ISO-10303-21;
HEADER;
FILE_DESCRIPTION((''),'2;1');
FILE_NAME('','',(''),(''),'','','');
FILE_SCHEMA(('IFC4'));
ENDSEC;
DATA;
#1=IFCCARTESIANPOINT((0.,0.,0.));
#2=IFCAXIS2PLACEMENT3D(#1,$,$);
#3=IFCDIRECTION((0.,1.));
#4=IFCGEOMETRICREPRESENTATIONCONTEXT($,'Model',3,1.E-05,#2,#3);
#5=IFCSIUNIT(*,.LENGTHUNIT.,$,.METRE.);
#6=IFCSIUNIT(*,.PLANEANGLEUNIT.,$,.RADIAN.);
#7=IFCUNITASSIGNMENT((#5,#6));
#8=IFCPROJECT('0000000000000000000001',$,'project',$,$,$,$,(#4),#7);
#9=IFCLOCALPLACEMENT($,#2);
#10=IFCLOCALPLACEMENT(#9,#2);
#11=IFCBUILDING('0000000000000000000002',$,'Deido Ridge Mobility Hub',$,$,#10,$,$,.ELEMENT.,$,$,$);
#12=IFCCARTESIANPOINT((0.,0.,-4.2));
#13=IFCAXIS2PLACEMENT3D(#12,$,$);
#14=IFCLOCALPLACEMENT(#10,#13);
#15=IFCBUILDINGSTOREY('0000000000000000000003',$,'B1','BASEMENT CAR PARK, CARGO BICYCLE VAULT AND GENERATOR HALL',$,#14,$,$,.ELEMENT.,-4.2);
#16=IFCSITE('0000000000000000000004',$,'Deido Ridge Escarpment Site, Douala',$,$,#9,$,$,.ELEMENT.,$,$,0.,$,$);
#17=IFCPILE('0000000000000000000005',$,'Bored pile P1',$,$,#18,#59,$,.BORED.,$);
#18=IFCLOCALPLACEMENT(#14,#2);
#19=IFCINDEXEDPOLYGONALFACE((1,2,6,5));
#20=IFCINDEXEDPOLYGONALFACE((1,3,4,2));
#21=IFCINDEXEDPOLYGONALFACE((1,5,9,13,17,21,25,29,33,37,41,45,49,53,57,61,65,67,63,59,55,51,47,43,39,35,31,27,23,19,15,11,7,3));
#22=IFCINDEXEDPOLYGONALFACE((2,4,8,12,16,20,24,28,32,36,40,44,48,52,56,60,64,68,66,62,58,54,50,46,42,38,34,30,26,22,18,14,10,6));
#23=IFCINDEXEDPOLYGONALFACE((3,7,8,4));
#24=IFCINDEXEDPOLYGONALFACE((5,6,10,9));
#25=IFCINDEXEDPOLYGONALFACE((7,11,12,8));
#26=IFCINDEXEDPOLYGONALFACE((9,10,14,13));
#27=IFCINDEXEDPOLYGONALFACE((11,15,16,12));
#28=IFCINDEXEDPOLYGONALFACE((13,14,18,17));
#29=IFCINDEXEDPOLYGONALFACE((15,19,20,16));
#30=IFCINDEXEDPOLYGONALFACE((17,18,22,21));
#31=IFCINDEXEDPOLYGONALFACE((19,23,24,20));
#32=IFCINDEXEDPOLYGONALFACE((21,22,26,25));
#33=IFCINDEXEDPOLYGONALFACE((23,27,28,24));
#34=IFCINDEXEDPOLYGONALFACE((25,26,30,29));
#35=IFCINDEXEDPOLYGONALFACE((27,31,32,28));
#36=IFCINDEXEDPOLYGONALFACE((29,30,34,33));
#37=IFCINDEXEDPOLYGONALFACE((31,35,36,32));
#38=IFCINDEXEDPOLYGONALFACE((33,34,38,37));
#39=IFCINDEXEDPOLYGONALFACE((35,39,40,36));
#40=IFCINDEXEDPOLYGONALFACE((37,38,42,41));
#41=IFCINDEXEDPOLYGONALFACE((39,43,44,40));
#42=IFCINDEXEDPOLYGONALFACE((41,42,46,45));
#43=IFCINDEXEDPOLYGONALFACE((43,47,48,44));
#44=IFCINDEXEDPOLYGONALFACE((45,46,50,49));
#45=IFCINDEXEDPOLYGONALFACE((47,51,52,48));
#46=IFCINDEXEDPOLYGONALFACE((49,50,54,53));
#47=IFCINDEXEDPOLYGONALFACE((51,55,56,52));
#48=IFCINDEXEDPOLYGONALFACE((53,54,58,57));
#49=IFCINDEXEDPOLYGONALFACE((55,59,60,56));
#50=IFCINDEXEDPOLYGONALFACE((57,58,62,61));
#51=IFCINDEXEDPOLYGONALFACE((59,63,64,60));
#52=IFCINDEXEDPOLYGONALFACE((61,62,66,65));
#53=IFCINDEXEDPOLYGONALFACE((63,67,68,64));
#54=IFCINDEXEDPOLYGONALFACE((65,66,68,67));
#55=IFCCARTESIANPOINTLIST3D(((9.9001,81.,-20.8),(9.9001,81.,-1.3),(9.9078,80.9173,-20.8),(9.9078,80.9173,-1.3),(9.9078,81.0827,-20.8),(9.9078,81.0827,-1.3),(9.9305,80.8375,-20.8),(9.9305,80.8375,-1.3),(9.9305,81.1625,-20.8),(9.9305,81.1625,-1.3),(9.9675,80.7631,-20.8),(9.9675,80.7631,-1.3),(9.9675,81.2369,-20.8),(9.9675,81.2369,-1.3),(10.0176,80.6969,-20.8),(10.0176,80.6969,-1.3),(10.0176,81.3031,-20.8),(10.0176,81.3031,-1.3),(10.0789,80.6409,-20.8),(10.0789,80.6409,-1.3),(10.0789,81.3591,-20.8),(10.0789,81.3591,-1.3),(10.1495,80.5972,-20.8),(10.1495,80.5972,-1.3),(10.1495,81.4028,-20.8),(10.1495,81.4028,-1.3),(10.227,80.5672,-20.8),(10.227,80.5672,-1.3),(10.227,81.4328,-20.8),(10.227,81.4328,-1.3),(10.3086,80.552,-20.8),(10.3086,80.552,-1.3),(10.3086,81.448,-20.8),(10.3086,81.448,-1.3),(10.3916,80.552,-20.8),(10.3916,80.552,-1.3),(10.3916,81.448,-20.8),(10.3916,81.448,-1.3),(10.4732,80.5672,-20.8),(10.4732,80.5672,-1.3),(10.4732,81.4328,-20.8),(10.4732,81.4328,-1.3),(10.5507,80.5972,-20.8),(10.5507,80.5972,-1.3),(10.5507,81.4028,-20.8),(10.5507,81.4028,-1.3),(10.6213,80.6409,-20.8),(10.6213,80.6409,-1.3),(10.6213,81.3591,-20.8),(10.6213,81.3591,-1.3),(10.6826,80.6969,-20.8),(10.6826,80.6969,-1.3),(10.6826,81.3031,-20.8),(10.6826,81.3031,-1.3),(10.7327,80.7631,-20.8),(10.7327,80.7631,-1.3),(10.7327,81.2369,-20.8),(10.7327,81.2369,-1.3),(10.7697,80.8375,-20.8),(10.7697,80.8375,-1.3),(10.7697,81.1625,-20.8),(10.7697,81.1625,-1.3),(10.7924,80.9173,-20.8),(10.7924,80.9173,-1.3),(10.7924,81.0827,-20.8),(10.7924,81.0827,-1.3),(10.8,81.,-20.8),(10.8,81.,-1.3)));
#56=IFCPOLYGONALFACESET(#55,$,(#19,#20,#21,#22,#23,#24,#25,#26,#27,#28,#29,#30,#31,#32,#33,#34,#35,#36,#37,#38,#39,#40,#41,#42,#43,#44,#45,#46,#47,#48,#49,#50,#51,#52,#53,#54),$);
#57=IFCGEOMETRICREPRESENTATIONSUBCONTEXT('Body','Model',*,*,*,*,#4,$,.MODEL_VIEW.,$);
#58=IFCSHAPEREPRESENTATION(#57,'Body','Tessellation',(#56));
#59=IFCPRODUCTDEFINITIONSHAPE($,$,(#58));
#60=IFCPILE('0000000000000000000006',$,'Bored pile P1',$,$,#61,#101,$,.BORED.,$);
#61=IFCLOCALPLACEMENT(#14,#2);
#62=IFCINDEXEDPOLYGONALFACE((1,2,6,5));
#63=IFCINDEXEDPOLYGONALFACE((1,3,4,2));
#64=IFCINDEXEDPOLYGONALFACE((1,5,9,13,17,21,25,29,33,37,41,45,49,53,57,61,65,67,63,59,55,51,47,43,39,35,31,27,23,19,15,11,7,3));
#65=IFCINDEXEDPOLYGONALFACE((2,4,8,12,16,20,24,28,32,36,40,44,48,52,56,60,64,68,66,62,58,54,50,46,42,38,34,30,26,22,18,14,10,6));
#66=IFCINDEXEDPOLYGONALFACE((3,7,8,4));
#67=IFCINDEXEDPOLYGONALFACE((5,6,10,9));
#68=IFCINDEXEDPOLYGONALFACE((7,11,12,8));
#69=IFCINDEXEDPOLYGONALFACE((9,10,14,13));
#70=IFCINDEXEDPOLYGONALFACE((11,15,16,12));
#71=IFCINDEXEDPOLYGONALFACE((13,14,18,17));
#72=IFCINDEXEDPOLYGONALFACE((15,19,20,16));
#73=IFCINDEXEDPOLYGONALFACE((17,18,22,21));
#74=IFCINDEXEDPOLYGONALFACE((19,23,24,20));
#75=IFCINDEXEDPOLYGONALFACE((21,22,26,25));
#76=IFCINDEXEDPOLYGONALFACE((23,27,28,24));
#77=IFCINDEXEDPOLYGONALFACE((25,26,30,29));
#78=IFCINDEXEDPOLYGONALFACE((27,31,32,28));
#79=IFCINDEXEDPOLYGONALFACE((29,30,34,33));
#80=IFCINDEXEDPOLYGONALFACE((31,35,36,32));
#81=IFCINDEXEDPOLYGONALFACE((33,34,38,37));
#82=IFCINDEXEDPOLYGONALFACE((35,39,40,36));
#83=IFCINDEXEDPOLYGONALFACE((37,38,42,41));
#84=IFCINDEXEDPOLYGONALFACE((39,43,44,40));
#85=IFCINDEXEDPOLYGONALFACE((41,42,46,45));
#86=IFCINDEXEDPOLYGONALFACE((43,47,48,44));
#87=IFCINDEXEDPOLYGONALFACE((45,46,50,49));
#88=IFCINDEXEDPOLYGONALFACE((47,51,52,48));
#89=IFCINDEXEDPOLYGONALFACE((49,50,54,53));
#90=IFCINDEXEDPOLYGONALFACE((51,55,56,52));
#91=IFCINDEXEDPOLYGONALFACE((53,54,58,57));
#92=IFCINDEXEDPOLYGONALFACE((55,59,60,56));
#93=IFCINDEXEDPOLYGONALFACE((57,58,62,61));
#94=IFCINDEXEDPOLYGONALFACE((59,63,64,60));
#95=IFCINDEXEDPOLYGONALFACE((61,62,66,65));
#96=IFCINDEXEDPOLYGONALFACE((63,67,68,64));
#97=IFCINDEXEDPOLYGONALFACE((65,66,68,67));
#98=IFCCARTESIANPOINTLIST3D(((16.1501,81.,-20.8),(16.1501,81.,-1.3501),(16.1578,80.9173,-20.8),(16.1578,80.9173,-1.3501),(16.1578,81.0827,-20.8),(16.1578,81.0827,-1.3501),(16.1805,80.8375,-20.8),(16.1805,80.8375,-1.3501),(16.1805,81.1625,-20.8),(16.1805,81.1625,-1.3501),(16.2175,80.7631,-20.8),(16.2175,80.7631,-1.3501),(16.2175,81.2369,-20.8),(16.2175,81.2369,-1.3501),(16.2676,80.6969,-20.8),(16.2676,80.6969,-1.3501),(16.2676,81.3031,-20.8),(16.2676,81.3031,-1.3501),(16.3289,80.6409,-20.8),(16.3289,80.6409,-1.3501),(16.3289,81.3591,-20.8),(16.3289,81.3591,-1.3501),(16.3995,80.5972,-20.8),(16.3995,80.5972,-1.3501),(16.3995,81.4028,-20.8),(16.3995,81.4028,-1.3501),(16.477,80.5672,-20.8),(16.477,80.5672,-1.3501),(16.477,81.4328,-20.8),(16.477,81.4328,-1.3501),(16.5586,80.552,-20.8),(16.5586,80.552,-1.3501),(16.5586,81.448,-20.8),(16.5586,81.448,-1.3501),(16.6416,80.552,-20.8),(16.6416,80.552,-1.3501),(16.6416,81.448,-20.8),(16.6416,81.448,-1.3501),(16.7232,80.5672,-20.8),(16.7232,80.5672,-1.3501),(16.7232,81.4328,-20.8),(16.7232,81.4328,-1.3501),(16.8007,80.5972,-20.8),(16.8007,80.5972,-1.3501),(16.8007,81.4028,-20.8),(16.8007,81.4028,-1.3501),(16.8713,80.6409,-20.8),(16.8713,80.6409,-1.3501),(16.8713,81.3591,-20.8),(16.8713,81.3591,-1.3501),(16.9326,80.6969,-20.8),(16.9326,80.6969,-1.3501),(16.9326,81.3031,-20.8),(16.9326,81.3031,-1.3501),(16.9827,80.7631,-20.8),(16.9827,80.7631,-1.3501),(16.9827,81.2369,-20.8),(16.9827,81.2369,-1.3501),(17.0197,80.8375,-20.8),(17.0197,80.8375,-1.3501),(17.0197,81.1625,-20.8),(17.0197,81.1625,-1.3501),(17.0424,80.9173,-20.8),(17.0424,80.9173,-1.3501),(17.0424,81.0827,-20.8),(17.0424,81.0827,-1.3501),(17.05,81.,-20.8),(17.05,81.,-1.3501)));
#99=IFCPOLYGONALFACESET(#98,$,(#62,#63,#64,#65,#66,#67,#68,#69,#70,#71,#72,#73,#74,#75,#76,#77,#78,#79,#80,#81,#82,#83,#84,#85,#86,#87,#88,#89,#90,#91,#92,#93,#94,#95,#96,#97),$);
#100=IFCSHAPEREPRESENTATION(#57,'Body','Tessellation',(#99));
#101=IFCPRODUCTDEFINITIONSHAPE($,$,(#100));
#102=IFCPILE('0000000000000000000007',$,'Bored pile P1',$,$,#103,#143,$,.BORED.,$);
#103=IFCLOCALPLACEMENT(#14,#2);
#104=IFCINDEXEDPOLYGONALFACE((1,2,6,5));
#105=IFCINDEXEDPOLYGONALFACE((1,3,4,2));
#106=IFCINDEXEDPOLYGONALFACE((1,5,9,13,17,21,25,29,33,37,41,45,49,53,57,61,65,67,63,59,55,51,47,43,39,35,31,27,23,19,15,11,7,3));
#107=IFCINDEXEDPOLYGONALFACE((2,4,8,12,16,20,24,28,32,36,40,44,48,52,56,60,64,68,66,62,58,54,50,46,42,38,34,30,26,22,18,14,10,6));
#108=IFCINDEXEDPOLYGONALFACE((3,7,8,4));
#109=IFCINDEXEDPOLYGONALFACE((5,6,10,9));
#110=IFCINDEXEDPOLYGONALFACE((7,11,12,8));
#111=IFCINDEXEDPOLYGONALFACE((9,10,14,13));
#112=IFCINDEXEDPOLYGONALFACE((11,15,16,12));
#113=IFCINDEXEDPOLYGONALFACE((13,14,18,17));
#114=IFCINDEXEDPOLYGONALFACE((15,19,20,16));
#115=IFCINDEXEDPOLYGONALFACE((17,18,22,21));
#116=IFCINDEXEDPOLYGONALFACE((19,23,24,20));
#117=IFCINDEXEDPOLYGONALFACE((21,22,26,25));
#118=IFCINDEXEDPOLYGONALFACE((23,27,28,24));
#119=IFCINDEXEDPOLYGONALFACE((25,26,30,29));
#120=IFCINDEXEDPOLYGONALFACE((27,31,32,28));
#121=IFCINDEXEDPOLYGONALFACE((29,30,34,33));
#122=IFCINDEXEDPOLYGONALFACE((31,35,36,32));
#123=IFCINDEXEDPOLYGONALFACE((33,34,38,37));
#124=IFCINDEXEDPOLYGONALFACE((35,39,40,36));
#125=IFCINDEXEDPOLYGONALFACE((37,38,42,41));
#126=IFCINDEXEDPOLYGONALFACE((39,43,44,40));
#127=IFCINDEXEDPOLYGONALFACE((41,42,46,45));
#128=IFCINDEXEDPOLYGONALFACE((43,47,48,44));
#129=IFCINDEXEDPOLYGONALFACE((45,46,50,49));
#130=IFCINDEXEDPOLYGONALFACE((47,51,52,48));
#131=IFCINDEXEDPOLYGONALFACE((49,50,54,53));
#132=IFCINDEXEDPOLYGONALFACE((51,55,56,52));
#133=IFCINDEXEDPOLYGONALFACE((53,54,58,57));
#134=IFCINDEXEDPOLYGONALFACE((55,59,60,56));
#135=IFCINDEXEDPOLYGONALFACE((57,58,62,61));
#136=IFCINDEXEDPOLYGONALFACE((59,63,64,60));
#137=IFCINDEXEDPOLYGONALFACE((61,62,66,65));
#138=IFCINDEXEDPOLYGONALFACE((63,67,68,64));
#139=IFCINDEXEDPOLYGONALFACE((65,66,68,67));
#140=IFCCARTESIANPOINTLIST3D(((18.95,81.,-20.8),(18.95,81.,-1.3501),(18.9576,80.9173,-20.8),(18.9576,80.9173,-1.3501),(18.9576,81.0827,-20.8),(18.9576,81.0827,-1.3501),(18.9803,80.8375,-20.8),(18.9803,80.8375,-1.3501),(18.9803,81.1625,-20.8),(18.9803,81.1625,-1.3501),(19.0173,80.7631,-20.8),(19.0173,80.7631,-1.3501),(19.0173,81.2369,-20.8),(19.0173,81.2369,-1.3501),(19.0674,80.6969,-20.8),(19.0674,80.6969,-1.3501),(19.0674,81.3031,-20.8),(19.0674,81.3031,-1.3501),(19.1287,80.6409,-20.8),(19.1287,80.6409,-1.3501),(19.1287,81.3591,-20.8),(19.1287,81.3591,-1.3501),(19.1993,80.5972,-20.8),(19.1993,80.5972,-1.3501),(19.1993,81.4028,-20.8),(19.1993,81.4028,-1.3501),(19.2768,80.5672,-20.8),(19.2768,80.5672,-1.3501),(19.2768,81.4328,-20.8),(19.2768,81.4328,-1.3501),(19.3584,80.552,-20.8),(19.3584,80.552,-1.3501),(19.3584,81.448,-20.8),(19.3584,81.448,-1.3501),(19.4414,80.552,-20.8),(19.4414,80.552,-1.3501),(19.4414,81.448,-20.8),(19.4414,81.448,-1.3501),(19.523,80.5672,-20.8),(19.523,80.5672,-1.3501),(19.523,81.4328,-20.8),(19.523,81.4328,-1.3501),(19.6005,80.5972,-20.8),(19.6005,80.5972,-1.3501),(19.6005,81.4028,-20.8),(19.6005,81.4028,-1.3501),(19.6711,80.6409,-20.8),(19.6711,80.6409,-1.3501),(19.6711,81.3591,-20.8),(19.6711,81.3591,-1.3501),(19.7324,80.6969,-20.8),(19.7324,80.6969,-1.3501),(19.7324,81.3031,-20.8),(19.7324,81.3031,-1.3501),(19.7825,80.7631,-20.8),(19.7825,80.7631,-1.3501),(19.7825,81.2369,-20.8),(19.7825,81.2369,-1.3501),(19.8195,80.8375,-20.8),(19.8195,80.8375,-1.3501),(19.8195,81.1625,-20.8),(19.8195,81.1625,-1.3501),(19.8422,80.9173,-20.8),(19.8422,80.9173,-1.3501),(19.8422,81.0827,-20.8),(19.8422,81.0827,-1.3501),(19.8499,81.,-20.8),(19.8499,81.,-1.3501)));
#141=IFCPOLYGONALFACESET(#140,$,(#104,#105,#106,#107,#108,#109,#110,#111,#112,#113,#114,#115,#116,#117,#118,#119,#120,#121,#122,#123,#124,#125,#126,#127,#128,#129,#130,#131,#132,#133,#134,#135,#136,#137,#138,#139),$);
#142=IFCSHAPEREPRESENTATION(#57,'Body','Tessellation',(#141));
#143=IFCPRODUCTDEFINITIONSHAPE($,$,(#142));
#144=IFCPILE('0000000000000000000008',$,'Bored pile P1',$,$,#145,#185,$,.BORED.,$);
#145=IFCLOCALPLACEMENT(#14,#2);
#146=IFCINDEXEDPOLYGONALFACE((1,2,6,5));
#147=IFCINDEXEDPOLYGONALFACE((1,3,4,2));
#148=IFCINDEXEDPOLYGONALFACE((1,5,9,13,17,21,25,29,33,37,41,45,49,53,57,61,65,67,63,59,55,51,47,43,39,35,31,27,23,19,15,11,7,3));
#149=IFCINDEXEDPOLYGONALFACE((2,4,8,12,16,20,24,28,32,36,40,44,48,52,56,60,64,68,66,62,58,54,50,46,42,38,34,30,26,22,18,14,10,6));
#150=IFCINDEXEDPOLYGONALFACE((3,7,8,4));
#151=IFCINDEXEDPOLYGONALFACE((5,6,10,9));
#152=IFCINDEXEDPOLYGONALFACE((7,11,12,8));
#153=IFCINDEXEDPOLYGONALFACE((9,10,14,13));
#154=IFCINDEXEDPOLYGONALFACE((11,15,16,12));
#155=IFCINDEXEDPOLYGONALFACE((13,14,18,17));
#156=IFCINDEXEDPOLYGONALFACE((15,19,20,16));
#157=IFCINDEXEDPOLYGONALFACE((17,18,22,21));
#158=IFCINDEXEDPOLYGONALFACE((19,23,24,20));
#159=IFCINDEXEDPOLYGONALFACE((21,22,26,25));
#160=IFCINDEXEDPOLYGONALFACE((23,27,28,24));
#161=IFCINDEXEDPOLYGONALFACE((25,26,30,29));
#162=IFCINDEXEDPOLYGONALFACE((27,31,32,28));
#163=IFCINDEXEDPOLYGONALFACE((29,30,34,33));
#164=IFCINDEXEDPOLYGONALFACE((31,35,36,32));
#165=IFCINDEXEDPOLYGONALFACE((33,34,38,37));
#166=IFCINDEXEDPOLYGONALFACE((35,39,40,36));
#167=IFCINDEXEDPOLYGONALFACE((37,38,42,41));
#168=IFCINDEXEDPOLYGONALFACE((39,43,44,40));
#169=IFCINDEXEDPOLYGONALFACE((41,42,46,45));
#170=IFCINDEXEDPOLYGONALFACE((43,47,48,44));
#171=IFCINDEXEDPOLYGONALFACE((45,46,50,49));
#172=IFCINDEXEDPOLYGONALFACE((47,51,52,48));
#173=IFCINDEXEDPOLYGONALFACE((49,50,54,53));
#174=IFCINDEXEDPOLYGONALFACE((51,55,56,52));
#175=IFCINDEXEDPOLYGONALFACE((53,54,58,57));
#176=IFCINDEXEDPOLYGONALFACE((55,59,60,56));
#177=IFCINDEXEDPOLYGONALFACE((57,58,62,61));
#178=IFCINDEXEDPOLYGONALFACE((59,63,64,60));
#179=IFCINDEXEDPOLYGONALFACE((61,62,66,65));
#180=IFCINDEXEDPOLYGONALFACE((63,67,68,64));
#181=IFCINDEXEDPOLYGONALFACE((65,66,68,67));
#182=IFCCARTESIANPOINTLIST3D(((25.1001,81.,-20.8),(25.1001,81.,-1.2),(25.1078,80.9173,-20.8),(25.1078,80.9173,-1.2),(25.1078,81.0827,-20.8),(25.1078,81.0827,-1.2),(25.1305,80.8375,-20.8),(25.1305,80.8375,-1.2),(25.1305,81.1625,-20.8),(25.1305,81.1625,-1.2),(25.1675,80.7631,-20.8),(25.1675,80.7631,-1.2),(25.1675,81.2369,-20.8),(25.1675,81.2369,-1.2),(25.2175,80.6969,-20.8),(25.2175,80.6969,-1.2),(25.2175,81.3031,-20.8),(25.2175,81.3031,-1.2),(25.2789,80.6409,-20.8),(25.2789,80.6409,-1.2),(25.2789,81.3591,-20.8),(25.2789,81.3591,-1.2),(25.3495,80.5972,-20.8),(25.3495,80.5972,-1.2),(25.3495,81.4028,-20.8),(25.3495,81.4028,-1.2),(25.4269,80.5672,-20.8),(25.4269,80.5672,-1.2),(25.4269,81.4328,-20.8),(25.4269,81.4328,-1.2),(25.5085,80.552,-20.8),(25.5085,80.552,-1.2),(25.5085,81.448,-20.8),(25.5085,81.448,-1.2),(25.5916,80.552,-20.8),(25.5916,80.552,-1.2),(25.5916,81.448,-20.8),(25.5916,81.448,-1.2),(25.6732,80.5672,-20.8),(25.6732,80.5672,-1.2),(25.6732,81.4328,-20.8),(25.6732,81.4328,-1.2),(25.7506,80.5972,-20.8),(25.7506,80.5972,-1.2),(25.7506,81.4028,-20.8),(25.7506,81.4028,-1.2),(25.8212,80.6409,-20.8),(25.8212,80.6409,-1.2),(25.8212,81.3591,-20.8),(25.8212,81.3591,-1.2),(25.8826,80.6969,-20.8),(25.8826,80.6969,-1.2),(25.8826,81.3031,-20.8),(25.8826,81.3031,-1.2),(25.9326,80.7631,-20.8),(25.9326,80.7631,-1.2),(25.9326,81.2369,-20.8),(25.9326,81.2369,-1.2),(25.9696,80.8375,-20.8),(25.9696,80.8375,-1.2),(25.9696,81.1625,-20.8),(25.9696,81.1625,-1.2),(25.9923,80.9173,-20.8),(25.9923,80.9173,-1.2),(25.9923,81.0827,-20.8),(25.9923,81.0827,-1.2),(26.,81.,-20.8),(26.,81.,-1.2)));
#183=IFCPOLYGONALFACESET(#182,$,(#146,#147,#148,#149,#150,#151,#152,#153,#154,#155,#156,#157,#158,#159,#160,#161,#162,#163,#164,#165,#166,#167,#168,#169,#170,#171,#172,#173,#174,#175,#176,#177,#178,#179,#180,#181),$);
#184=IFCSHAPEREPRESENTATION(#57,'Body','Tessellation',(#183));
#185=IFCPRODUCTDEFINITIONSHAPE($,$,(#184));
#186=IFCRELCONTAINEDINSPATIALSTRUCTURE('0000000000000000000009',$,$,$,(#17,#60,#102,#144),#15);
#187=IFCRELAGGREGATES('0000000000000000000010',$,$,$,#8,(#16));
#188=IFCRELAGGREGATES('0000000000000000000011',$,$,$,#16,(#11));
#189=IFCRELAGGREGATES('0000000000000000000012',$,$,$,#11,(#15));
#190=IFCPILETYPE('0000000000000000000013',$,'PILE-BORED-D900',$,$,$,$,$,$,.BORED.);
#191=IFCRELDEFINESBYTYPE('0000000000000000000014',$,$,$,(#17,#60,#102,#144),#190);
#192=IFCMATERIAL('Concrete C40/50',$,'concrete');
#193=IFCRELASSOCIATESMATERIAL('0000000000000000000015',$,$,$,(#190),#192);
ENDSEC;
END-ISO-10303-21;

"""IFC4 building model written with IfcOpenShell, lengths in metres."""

from ifc_helpers import new_model, si_unit, direction, frame, origin, origin_2d, place, context, subcontext, project, spatial, circle, extrude, material, material_profile, profile_set, type_object, element, save


model = new_model("IFC4")

# Units and contexts
model_context = context("Model", 3, precision=1e-05, world=origin(), true_north=direction((0.0, 1.0)))
body_context = subcontext(model_context, "Body", "Model", "MODEL_VIEW")
ifc_project = project(units=[si_unit("LENGTHUNIT", "METRE"), si_unit("PLANEANGLEUNIT", "RADIAN")], contexts=[model_context])

# Site, building, storey
site_placement = place(None, origin())
site = spatial("IfcSite", under=ifc_project, at=site_placement, Name="Deido Ridge Escarpment Site, Douala", CompositionType="ELEMENT", RefElevation=0.0)
building_placement = place(site_placement, origin())
building = spatial("IfcBuilding", under=site, at=building_placement, Name="Deido Ridge Mobility Hub", CompositionType="ELEMENT")
storey_placement = place(building_placement, frame((0.0, 0.0, -4.2)))
storey = spatial("IfcBuildingStorey", under=building, at=storey_placement, Name="B1", Description="BASEMENT CAR PARK, CARGO BICYCLE VAULT AND GENERATOR HALL", CompositionType="ELEMENT", Elevation=-4.2)

# Shared definitions
ifc_material_1 = material(Name="Concrete C40/50", Category="concrete")

# Piles
ifc_material_profile_1 = material_profile(ifc_material_1, circle(Radius=0.45, at=origin_2d()), Name="BORED PILE D900")
ifc_profile_set_1 = profile_set([ifc_material_profile_1], Name="Concrete C40/50")
pile_type = type_object("IfcPileType", Name="PILE-BORED-D900", PredefinedType="BORED", material=ifc_profile_set_1)
for number, where, z_axis, x_axis, name in (
    (1, (10.3501, 81.0, -1.3), (0.0, 0.0, -1.0), (1.0, 0.0, 0.0), "Bored pile P1"),
):
    element("IfcPile", number, at=place(storey_placement, frame(where, z_axis=z_axis, x_axis=x_axis)), inside=storey, type_object=pile_type, Name=name, PredefinedType="BORED", context=body_context, shape_type="SweptSolid", body=[
        extrude(circle(Radius=0.45, at=origin_2d()), origin(), (0.0, 0.0, 1.0), 19.5),
    ])
for number, where, z_axis, x_axis, name in (
    (2, (16.6001, 81.0, -1.3501), (0.0, 0.0, -1.0), (1.0, 0.0, 0.0), "Bored pile P1"),
    (3, (19.3999, 81.0, -1.3501), (0.0, 0.0, -1.0), (1.0, 0.0, 0.0), "Bored pile P1"),
):
    element("IfcPile", number, at=place(storey_placement, frame(where, z_axis=z_axis, x_axis=x_axis)), inside=storey, type_object=pile_type, Name=name, PredefinedType="BORED", context=body_context, shape_type="SweptSolid", body=[
        extrude(circle(Radius=0.45, at=origin_2d()), origin(), (0.0, 0.0, 1.0), 19.45),
    ])
for number, where, z_axis, x_axis, name in (
    (4, (25.55, 81.0, -1.2), (0.0, 0.0, -1.0), (1.0, 0.0, 0.0), "Bored pile P1"),
):
    element("IfcPile", number, at=place(storey_placement, frame(where, z_axis=z_axis, x_axis=x_axis)), inside=storey, type_object=pile_type, Name=name, PredefinedType="BORED", context=body_context, shape_type="SweptSolid", body=[
        extrude(circle(Radius=0.45, at=origin_2d()), origin(), (0.0, 0.0, 1.0), 19.6001),
    ])

save(model, "model.ifc")
